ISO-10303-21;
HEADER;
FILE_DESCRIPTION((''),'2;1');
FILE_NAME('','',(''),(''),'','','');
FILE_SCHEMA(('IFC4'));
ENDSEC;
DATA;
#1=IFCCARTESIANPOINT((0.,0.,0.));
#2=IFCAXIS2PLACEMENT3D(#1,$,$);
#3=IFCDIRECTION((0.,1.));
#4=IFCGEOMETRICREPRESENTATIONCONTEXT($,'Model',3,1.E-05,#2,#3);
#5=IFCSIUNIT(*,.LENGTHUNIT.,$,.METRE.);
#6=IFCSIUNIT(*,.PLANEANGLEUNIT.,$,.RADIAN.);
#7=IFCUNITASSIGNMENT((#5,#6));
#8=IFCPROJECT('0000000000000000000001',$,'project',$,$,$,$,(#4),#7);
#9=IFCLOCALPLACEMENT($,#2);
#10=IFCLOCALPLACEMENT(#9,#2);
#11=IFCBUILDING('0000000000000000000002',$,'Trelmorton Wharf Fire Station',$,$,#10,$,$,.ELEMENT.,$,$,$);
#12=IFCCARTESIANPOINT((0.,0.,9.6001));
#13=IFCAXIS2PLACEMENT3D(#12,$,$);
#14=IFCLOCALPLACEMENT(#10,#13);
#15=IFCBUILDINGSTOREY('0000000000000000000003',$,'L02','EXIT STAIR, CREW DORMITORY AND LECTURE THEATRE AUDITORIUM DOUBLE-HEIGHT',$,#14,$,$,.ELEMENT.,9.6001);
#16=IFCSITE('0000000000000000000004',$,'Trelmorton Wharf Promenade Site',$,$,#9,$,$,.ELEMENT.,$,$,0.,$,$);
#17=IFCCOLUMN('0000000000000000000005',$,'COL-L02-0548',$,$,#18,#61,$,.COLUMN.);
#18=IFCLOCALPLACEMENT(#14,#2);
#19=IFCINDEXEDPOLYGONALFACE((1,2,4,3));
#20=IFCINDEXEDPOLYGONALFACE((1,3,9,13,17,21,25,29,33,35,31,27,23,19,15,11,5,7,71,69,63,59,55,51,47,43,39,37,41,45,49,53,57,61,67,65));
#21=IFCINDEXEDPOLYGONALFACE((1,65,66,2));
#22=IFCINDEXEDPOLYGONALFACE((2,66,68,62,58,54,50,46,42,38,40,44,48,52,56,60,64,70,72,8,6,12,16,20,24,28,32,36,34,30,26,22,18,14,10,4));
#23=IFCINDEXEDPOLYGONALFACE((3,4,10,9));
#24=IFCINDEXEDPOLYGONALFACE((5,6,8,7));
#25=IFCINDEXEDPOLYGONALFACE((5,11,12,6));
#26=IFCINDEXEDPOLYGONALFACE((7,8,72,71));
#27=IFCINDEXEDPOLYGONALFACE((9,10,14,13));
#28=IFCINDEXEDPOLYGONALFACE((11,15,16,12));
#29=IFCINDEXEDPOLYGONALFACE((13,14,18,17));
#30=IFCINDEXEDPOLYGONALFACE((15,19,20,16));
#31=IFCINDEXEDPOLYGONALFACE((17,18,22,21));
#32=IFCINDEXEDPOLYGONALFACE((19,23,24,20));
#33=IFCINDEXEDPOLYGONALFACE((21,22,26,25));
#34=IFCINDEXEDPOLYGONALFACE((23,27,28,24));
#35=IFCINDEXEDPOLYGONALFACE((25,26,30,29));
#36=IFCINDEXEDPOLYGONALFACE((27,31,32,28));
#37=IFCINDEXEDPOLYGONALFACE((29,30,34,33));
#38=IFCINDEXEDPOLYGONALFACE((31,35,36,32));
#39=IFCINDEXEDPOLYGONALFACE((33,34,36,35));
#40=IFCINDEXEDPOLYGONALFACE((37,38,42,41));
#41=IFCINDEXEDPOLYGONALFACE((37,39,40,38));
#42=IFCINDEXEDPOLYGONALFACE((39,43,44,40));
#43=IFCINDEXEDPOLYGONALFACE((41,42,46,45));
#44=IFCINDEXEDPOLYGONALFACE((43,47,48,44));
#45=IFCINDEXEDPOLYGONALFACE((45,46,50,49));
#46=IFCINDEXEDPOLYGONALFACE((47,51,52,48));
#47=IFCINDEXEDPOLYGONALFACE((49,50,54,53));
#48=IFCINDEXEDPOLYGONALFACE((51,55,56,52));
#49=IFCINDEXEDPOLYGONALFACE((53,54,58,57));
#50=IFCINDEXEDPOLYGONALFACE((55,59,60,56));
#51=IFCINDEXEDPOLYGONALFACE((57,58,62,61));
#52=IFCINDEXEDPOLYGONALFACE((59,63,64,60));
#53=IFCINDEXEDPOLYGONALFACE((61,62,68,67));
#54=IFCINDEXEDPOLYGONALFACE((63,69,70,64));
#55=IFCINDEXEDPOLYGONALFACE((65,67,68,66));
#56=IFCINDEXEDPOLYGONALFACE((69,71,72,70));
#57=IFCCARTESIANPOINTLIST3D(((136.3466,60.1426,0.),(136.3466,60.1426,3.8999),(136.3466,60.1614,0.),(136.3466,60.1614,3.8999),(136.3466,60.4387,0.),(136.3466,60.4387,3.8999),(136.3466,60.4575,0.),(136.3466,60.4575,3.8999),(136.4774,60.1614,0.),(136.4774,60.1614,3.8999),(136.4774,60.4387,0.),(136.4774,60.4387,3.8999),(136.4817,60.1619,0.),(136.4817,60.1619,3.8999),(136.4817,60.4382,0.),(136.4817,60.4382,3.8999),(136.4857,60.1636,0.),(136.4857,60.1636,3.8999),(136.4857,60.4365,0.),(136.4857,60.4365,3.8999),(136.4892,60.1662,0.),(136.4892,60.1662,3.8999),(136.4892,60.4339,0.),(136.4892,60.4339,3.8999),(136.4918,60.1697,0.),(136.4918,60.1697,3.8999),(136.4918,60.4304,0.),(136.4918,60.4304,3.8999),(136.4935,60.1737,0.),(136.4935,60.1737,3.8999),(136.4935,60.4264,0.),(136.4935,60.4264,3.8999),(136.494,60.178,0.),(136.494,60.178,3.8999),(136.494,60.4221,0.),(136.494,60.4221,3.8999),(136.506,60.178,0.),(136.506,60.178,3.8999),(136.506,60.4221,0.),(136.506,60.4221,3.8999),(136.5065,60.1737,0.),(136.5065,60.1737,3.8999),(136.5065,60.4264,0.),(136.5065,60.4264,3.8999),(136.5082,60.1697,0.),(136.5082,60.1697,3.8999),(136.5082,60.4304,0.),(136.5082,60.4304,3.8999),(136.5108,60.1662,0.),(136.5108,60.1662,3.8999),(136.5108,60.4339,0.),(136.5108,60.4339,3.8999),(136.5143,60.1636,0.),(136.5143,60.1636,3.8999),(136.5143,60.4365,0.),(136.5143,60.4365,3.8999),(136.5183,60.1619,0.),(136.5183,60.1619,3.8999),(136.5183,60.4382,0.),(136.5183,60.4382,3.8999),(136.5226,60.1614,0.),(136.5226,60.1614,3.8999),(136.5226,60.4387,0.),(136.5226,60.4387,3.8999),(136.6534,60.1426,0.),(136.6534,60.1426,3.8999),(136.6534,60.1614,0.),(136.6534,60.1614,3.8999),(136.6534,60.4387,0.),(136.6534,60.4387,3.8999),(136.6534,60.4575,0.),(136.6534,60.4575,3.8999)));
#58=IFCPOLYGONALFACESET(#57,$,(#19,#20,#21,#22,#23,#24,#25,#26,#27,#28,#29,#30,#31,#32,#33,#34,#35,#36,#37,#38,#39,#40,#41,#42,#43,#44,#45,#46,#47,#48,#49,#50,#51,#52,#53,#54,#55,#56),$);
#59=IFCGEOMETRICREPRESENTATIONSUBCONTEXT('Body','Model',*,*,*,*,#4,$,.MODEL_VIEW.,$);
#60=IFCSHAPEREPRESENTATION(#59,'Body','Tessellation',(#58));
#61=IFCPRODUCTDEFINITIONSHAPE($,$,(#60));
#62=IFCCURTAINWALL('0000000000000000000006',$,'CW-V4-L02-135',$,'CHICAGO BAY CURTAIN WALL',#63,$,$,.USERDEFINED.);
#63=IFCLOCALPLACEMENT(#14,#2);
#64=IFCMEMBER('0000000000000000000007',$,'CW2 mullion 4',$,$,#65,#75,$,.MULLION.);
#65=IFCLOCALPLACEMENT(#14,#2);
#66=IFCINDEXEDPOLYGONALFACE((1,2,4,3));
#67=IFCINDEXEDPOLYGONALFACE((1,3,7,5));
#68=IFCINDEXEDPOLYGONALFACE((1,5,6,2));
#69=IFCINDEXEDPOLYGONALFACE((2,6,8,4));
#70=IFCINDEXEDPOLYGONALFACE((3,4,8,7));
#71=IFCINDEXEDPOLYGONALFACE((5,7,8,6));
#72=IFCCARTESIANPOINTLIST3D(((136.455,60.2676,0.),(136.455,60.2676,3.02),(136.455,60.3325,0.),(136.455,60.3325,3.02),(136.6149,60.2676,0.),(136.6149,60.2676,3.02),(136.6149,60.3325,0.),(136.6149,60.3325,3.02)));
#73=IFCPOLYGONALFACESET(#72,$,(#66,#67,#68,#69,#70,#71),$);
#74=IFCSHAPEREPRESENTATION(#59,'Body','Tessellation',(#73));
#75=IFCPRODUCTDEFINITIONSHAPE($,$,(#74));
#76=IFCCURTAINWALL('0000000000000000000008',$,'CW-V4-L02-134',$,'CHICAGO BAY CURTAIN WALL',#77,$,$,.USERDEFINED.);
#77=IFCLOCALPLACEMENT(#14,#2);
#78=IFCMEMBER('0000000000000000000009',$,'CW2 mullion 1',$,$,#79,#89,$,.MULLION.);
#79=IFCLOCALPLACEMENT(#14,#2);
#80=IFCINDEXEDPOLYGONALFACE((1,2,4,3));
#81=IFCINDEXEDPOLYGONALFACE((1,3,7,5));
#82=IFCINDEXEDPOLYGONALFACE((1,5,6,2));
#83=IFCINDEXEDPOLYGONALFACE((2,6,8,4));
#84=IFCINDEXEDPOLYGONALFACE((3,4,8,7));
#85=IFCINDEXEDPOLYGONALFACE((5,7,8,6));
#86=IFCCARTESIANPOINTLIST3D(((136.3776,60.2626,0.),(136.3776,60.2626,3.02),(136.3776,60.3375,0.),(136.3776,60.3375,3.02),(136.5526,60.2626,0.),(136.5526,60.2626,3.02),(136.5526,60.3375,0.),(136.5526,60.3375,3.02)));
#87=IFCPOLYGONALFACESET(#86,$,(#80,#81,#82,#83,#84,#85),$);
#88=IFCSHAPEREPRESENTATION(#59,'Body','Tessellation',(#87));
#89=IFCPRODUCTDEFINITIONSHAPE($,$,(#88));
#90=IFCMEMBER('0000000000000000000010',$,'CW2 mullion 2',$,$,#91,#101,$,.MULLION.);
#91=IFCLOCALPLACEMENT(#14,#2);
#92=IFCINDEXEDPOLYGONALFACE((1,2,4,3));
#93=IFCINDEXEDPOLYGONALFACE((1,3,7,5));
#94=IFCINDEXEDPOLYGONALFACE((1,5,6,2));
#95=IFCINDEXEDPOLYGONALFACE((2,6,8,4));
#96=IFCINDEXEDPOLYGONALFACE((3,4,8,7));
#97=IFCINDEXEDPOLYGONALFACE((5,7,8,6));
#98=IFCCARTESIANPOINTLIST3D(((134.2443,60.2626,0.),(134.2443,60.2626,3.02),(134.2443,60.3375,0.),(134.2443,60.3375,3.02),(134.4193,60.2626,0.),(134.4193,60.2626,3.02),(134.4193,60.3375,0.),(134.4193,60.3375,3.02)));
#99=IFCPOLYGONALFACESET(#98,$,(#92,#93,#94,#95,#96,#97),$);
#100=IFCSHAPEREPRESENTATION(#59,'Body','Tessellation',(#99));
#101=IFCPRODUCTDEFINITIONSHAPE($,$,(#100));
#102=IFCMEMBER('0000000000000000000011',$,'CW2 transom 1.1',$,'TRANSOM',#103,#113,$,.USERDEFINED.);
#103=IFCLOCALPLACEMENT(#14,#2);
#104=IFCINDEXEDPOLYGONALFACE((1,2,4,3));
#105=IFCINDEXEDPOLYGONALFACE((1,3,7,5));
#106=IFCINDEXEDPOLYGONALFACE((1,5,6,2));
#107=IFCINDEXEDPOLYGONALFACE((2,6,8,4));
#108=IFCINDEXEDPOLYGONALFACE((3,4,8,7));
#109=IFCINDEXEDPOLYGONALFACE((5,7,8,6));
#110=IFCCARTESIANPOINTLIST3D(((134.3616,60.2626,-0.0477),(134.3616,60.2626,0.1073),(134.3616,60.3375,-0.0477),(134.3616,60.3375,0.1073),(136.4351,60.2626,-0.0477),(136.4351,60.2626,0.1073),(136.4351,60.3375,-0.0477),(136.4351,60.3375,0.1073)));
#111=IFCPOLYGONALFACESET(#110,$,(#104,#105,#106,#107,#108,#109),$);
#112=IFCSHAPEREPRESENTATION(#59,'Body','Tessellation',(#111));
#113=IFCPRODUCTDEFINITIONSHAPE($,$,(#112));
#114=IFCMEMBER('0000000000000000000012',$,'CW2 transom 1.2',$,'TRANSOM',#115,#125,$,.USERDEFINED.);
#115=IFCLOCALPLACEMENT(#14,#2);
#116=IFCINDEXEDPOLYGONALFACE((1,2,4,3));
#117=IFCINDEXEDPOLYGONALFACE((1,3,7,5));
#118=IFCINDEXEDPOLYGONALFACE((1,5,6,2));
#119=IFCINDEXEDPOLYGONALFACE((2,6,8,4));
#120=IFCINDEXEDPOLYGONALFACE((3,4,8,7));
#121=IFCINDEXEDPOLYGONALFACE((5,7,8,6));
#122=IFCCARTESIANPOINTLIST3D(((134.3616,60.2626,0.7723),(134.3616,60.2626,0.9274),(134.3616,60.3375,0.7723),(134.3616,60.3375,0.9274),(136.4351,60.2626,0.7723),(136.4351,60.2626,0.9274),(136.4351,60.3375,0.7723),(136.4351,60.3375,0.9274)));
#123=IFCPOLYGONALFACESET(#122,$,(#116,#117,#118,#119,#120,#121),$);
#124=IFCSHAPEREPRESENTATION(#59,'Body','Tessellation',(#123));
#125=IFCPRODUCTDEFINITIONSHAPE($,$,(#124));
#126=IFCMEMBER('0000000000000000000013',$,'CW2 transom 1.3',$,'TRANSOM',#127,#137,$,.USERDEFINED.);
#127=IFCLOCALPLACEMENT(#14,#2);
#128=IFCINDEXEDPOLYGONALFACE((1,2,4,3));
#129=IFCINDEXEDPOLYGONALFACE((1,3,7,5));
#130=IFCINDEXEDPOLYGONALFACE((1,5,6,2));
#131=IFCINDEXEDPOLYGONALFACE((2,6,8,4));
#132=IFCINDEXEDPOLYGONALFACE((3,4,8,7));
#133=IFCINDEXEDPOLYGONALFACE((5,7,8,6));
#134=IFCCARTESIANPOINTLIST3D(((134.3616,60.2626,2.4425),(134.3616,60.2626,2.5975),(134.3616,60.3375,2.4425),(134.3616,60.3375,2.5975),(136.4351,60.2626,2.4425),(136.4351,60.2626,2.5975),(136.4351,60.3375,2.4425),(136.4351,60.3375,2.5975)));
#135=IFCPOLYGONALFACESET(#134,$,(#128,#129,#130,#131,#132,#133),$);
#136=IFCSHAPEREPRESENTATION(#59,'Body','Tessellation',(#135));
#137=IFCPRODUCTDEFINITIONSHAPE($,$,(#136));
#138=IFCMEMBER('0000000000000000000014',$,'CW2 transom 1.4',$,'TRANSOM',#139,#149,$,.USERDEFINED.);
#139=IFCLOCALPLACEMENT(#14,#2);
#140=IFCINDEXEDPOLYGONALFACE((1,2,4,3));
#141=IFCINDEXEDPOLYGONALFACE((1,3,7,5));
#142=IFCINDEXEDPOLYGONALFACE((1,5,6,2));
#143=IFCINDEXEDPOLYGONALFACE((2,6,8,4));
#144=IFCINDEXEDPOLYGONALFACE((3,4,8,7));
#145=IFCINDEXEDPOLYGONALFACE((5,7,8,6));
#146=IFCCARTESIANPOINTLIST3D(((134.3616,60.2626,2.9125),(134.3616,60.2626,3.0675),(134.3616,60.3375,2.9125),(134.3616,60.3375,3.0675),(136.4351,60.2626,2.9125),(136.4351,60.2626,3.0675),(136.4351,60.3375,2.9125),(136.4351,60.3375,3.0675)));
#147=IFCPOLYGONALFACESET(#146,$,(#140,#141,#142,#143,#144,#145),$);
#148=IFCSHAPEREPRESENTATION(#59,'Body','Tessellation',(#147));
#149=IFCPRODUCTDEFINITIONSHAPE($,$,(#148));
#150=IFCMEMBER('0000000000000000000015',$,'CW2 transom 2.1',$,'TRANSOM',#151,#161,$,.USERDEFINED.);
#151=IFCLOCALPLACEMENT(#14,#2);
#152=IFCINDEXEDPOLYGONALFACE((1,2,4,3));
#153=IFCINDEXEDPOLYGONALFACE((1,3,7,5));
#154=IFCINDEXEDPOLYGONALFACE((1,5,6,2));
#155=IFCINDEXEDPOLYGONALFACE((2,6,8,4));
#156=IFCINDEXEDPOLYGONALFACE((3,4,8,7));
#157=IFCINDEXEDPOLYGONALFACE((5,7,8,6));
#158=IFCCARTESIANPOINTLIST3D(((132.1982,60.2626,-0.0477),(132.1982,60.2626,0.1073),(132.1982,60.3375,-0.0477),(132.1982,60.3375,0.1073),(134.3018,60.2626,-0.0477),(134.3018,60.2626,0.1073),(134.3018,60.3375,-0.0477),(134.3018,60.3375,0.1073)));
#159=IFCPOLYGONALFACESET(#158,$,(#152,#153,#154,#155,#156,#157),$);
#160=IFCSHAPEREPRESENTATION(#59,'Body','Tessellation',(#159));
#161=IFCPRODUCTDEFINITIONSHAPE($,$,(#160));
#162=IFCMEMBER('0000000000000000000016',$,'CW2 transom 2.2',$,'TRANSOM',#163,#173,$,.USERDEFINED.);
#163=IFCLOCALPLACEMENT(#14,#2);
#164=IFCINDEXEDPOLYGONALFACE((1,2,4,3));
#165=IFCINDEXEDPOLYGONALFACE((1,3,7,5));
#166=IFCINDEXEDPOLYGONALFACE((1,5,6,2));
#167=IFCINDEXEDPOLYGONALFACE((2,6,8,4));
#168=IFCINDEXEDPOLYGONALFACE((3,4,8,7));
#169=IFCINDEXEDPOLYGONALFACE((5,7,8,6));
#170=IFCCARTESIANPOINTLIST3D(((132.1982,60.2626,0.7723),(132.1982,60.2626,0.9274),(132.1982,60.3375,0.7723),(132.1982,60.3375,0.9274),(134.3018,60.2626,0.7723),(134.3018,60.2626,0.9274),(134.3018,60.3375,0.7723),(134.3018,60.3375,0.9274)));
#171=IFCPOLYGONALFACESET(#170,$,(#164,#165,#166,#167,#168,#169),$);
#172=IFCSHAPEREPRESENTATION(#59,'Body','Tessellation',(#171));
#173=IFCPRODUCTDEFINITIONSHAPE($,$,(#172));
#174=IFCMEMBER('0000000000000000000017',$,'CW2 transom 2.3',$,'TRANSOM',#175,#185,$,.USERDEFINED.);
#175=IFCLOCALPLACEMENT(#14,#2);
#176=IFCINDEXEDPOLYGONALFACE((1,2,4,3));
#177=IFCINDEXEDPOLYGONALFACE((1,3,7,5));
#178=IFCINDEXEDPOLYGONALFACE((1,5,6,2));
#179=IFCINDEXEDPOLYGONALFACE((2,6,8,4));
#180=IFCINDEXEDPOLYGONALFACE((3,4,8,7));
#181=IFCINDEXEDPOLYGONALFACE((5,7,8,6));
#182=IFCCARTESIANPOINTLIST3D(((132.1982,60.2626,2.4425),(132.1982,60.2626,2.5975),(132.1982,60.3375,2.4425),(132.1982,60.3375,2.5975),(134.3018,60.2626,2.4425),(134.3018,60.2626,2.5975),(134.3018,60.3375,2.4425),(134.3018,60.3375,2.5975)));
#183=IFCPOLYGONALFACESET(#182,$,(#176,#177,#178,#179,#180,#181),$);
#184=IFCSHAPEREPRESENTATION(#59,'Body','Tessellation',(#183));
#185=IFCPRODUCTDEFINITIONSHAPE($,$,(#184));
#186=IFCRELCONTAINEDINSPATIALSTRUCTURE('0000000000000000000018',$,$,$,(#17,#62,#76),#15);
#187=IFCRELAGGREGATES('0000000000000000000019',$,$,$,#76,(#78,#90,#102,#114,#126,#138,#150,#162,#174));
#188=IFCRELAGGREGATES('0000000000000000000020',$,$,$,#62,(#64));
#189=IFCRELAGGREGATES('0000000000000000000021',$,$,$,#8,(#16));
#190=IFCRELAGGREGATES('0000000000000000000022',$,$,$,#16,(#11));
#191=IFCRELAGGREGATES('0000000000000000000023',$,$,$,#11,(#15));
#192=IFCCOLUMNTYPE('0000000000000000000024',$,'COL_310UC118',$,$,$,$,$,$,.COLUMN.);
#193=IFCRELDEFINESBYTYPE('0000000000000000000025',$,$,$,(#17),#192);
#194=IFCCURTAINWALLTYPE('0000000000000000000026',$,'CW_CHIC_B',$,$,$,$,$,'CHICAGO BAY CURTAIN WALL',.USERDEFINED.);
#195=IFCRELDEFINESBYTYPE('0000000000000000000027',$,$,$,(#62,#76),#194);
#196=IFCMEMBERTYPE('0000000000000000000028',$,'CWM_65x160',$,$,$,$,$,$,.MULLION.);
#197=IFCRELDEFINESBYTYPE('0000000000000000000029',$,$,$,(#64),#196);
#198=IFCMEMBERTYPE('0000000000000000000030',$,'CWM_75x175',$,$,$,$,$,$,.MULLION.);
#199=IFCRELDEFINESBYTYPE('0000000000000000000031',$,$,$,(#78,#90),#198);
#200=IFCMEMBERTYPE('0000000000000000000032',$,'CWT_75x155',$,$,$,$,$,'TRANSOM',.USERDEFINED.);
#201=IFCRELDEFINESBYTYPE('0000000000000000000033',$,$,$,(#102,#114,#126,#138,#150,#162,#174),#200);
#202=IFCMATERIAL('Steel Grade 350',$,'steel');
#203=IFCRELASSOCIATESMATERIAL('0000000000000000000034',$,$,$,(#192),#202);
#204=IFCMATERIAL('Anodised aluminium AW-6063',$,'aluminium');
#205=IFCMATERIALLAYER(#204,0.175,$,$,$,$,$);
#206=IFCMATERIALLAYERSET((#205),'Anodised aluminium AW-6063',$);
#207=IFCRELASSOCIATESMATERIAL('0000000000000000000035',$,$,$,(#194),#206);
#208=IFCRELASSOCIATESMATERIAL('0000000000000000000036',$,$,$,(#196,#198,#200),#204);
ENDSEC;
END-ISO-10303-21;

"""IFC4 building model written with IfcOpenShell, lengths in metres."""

from ifc_helpers import new_model, si_unit, direction, frame, origin, origin_2d, place, context, subcontext, project, spatial, rectangle, i_section, extrude, material, layer, layer_set, material_profile, profile_set, type_object, element, aggregate, save


model = new_model("IFC4")

# Units and contexts
model_context = context("Model", 3, precision=1e-05, world=origin(), true_north=direction((0.0, 1.0)))
body_context = subcontext(model_context, "Body", "Model", "MODEL_VIEW")
ifc_project = project(units=[si_unit("LENGTHUNIT", "METRE"), si_unit("PLANEANGLEUNIT", "RADIAN")], contexts=[model_context])

# Site, building, storey
site_placement = place(None, origin())
site = spatial("IfcSite", under=ifc_project, at=site_placement, Name="Trelmorton Wharf Promenade Site", CompositionType="ELEMENT", RefElevation=0.0)
building_placement = place(site_placement, origin())
building = spatial("IfcBuilding", under=site, at=building_placement, Name="Trelmorton Wharf Fire Station", CompositionType="ELEMENT")
storey_placement = place(building_placement, frame((0.0, 0.0, 9.6001)))
storey = spatial("IfcBuildingStorey", under=building, at=storey_placement, Name="L02", Description="EXIT STAIR, CREW DORMITORY AND LECTURE THEATRE AUDITORIUM DOUBLE-HEIGHT", CompositionType="ELEMENT", Elevation=9.6001)

# Column
ifc_material_1 = material(Name="Steel Grade 350", Category="steel")
ifc_material_profile_1 = material_profile(ifc_material_1, i_section(OverallWidth=0.3069, OverallDepth=0.3149, WebThickness=0.012, FlangeThickness=0.0188, FilletRadius=0.0166, at=origin_2d()), Name="310UC118")
ifc_profile_set_1 = profile_set([ifc_material_profile_1], Name="Steel Grade 350")
column_type = type_object("IfcColumnType", Name="COL_310UC118", PredefinedType="COLUMN", material=ifc_profile_set_1)
column_placement = place(storey_placement, frame((136.5, 60.3, 0.0), z_axis=(0.0, 0.0, 1.0), x_axis=(1.0, 0.0, 0.0)))
element("IfcColumn", 1, at=column_placement, inside=storey, type_object=column_type, Name="COL-L02-0548", PredefinedType="COLUMN", context=body_context, shape_type="SweptSolid", body=[
    extrude(i_section(OverallWidth=0.3069, OverallDepth=0.3149, WebThickness=0.012, FlangeThickness=0.0188, FilletRadius=0.0166, at=origin_2d()), origin(), (0.0, 0.0, 1.0), 3.8999),
])

# Curtain wall, member
ifc_material_2 = material(Name="Anodised aluminium AW-6063", Category="aluminium")
ifc_layer_1 = layer(ifc_material_2, 0.175)
ifc_layer_set_1 = layer_set([ifc_layer_1], Name="Anodised aluminium AW-6063")
curtain_wall_type = type_object("IfcCurtainWallType", Name="CW_CHIC_B", ElementType="CHICAGO BAY CURTAIN WALL", PredefinedType="USERDEFINED", material=ifc_layer_set_1)
curtain_wall_1_placement = place(storey_placement, origin())
curtain_wall_1 = element("IfcCurtainWall", 2, at=curtain_wall_1_placement, inside=storey, type_object=curtain_wall_type, Name="CW-V4-L02-135", ObjectType="CHICAGO BAY CURTAIN WALL", PredefinedType="USERDEFINED")
ifc_material_profile_2 = material_profile(ifc_material_2, rectangle(XDim=0.0649, YDim=0.1599, at=origin_2d()), Name="ALU-65x160")
ifc_profile_set_2 = profile_set([ifc_material_profile_2], Name="Anodised aluminium AW-6063")
member_type_1 = type_object("IfcMemberType", Name="CWM_65x160", PredefinedType="MULLION", material=ifc_profile_set_2)
member_1_placement = place(storey_placement, frame((136.5349, 60.3, 0.0), z_axis=(0.0, 0.0, 1.0), x_axis=(0.0, -1.0, 0.0)))
member_1 = element("IfcMember", 3, at=member_1_placement, type_object=member_type_1, Name="CW2 mullion 4", PredefinedType="MULLION", context=body_context, shape_type="SweptSolid", body=[
    extrude(rectangle(XDim=0.0649, YDim=0.1599, at=origin_2d()), origin(), (0.0, 0.0, 1.0), 3.02),
])

# Curtain wall, members
curtain_wall_2_placement = place(storey_placement, origin())
curtain_wall_2 = element("IfcCurtainWall", 4, at=curtain_wall_2_placement, inside=storey, type_object=curtain_wall_type, Name="CW-V4-L02-134", ObjectType="CHICAGO BAY CURTAIN WALL", PredefinedType="USERDEFINED")
ifc_material_profile_3 = material_profile(ifc_material_2, rectangle(XDim=0.075, YDim=0.175, at=origin_2d()), Name="ALU-75x175")
ifc_profile_set_3 = profile_set([ifc_material_profile_3], Name="Anodised aluminium AW-6063")
member_type_2 = type_object("IfcMemberType", Name="CWM_75x175", PredefinedType="MULLION", material=ifc_profile_set_3)
member_2_placement = place(storey_placement, frame((136.4651, 60.3, 0.0), z_axis=(0.0, 0.0, 1.0), x_axis=(0.0, -1.0, 0.0)))
member_2 = element("IfcMember", 5, at=member_2_placement, type_object=member_type_2, Name="CW2 mullion 1", PredefinedType="MULLION", context=body_context, shape_type="SweptSolid", body=[
    extrude(rectangle(XDim=0.075, YDim=0.175, at=origin_2d()), origin(), (0.0, 0.0, 1.0), 3.02),
])
member_3_placement = place(storey_placement, frame((134.3318, 60.3, 0.0), z_axis=(0.0, 0.0, 1.0), x_axis=(0.0, -1.0, 0.0)))
member_3 = element("IfcMember", 6, at=member_3_placement, type_object=member_type_2, Name="CW2 mullion 2", PredefinedType="MULLION", context=body_context, shape_type="SweptSolid", body=[
    extrude(rectangle(XDim=0.075, YDim=0.175, at=origin_2d()), origin(), (0.0, 0.0, 1.0), 3.02),
])
ifc_material_profile_4 = material_profile(ifc_material_2, rectangle(XDim=0.075, YDim=0.155, at=origin_2d()), Name="ALU-75x155")
ifc_profile_set_4 = profile_set([ifc_material_profile_4], Name="Anodised aluminium AW-6063")
member_type_3 = type_object("IfcMemberType", Name="CWT_75x155", ElementType="TRANSOM", PredefinedType="USERDEFINED", material=ifc_profile_set_4)
member_4_placement = place(storey_placement, frame((136.4351, 60.3, 0.0298), z_axis=(-1.0, 0.0, 0.0), x_axis=(0.0, -1.0, 0.0)))
member_4 = element("IfcMember", 7, at=member_4_placement, type_object=member_type_3, Name="CW2 transom 1.1", ObjectType="TRANSOM", PredefinedType="USERDEFINED", context=body_context, shape_type="SweptSolid", body=[
    extrude(rectangle(XDim=0.075, YDim=0.155, at=origin_2d()), origin(), (0.0, 0.0, 1.0), 2.0735),
])
member_5_placement = place(storey_placement, frame((136.4351, 60.3, 0.8499), z_axis=(-1.0, 0.0, 0.0), x_axis=(0.0, -1.0, 0.0)))
member_5 = element("IfcMember", 8, at=member_5_placement, type_object=member_type_3, Name="CW2 transom 1.2", ObjectType="TRANSOM", PredefinedType="USERDEFINED", context=body_context, shape_type="SweptSolid", body=[
    extrude(rectangle(XDim=0.075, YDim=0.155, at=origin_2d()), origin(), (0.0, 0.0, 1.0), 2.0735),
])
member_6_placement = place(storey_placement, frame((136.4351, 60.3, 2.52), z_axis=(-1.0, 0.0, 0.0), x_axis=(0.0, -1.0, 0.0)))
member_6 = element("IfcMember", 9, at=member_6_placement, type_object=member_type_3, Name="CW2 transom 1.3", ObjectType="TRANSOM", PredefinedType="USERDEFINED", context=body_context, shape_type="SweptSolid", body=[
    extrude(rectangle(XDim=0.075, YDim=0.155, at=origin_2d()), origin(), (0.0, 0.0, 1.0), 2.0735),
])
member_7_placement = place(storey_placement, frame((136.4351, 60.3, 2.99), z_axis=(-1.0, 0.0, 0.0), x_axis=(0.0, -1.0, 0.0)))
member_7 = element("IfcMember", 10, at=member_7_placement, type_object=member_type_3, Name="CW2 transom 1.4", ObjectType="TRANSOM", PredefinedType="USERDEFINED", context=body_context, shape_type="SweptSolid", body=[
    extrude(rectangle(XDim=0.075, YDim=0.155, at=origin_2d()), origin(), (0.0, 0.0, 1.0), 2.0735),
])
member_8_placement = place(storey_placement, frame((134.3018, 60.3, 0.0298), z_axis=(-1.0, 0.0, 0.0), x_axis=(0.0, -1.0, 0.0)))
member_8 = element("IfcMember", 11, at=member_8_placement, type_object=member_type_3, Name="CW2 transom 2.1", ObjectType="TRANSOM", PredefinedType="USERDEFINED", context=body_context, shape_type="SweptSolid", body=[
    extrude(rectangle(XDim=0.075, YDim=0.155, at=origin_2d()), origin(), (0.0, 0.0, 1.0), 2.1035),
])
member_9_placement = place(storey_placement, frame((134.3018, 60.3, 0.8499), z_axis=(-1.0, 0.0, 0.0), x_axis=(0.0, -1.0, 0.0)))
member_9 = element("IfcMember", 12, at=member_9_placement, type_object=member_type_3, Name="CW2 transom 2.2", ObjectType="TRANSOM", PredefinedType="USERDEFINED", context=body_context, shape_type="SweptSolid", body=[
    extrude(rectangle(XDim=0.075, YDim=0.155, at=origin_2d()), origin(), (0.0, 0.0, 1.0), 2.1035),
])
member_10_placement = place(storey_placement, frame((134.3018, 60.3, 2.52), z_axis=(-1.0, 0.0, 0.0), x_axis=(0.0, -1.0, 0.0)))
member_10 = element("IfcMember", 13, at=member_10_placement, type_object=member_type_3, Name="CW2 transom 2.3", ObjectType="TRANSOM", PredefinedType="USERDEFINED", context=body_context, shape_type="SweptSolid", body=[
    extrude(rectangle(XDim=0.075, YDim=0.155, at=origin_2d()), origin(), (0.0, 0.0, 1.0), 2.1035),
])

aggregate(curtain_wall_2, [member_2, member_3, member_4, member_5, member_6, member_7, member_8, member_9, member_10])
aggregate(curtain_wall_1, [member_1])

save(model, "model.ifc")
